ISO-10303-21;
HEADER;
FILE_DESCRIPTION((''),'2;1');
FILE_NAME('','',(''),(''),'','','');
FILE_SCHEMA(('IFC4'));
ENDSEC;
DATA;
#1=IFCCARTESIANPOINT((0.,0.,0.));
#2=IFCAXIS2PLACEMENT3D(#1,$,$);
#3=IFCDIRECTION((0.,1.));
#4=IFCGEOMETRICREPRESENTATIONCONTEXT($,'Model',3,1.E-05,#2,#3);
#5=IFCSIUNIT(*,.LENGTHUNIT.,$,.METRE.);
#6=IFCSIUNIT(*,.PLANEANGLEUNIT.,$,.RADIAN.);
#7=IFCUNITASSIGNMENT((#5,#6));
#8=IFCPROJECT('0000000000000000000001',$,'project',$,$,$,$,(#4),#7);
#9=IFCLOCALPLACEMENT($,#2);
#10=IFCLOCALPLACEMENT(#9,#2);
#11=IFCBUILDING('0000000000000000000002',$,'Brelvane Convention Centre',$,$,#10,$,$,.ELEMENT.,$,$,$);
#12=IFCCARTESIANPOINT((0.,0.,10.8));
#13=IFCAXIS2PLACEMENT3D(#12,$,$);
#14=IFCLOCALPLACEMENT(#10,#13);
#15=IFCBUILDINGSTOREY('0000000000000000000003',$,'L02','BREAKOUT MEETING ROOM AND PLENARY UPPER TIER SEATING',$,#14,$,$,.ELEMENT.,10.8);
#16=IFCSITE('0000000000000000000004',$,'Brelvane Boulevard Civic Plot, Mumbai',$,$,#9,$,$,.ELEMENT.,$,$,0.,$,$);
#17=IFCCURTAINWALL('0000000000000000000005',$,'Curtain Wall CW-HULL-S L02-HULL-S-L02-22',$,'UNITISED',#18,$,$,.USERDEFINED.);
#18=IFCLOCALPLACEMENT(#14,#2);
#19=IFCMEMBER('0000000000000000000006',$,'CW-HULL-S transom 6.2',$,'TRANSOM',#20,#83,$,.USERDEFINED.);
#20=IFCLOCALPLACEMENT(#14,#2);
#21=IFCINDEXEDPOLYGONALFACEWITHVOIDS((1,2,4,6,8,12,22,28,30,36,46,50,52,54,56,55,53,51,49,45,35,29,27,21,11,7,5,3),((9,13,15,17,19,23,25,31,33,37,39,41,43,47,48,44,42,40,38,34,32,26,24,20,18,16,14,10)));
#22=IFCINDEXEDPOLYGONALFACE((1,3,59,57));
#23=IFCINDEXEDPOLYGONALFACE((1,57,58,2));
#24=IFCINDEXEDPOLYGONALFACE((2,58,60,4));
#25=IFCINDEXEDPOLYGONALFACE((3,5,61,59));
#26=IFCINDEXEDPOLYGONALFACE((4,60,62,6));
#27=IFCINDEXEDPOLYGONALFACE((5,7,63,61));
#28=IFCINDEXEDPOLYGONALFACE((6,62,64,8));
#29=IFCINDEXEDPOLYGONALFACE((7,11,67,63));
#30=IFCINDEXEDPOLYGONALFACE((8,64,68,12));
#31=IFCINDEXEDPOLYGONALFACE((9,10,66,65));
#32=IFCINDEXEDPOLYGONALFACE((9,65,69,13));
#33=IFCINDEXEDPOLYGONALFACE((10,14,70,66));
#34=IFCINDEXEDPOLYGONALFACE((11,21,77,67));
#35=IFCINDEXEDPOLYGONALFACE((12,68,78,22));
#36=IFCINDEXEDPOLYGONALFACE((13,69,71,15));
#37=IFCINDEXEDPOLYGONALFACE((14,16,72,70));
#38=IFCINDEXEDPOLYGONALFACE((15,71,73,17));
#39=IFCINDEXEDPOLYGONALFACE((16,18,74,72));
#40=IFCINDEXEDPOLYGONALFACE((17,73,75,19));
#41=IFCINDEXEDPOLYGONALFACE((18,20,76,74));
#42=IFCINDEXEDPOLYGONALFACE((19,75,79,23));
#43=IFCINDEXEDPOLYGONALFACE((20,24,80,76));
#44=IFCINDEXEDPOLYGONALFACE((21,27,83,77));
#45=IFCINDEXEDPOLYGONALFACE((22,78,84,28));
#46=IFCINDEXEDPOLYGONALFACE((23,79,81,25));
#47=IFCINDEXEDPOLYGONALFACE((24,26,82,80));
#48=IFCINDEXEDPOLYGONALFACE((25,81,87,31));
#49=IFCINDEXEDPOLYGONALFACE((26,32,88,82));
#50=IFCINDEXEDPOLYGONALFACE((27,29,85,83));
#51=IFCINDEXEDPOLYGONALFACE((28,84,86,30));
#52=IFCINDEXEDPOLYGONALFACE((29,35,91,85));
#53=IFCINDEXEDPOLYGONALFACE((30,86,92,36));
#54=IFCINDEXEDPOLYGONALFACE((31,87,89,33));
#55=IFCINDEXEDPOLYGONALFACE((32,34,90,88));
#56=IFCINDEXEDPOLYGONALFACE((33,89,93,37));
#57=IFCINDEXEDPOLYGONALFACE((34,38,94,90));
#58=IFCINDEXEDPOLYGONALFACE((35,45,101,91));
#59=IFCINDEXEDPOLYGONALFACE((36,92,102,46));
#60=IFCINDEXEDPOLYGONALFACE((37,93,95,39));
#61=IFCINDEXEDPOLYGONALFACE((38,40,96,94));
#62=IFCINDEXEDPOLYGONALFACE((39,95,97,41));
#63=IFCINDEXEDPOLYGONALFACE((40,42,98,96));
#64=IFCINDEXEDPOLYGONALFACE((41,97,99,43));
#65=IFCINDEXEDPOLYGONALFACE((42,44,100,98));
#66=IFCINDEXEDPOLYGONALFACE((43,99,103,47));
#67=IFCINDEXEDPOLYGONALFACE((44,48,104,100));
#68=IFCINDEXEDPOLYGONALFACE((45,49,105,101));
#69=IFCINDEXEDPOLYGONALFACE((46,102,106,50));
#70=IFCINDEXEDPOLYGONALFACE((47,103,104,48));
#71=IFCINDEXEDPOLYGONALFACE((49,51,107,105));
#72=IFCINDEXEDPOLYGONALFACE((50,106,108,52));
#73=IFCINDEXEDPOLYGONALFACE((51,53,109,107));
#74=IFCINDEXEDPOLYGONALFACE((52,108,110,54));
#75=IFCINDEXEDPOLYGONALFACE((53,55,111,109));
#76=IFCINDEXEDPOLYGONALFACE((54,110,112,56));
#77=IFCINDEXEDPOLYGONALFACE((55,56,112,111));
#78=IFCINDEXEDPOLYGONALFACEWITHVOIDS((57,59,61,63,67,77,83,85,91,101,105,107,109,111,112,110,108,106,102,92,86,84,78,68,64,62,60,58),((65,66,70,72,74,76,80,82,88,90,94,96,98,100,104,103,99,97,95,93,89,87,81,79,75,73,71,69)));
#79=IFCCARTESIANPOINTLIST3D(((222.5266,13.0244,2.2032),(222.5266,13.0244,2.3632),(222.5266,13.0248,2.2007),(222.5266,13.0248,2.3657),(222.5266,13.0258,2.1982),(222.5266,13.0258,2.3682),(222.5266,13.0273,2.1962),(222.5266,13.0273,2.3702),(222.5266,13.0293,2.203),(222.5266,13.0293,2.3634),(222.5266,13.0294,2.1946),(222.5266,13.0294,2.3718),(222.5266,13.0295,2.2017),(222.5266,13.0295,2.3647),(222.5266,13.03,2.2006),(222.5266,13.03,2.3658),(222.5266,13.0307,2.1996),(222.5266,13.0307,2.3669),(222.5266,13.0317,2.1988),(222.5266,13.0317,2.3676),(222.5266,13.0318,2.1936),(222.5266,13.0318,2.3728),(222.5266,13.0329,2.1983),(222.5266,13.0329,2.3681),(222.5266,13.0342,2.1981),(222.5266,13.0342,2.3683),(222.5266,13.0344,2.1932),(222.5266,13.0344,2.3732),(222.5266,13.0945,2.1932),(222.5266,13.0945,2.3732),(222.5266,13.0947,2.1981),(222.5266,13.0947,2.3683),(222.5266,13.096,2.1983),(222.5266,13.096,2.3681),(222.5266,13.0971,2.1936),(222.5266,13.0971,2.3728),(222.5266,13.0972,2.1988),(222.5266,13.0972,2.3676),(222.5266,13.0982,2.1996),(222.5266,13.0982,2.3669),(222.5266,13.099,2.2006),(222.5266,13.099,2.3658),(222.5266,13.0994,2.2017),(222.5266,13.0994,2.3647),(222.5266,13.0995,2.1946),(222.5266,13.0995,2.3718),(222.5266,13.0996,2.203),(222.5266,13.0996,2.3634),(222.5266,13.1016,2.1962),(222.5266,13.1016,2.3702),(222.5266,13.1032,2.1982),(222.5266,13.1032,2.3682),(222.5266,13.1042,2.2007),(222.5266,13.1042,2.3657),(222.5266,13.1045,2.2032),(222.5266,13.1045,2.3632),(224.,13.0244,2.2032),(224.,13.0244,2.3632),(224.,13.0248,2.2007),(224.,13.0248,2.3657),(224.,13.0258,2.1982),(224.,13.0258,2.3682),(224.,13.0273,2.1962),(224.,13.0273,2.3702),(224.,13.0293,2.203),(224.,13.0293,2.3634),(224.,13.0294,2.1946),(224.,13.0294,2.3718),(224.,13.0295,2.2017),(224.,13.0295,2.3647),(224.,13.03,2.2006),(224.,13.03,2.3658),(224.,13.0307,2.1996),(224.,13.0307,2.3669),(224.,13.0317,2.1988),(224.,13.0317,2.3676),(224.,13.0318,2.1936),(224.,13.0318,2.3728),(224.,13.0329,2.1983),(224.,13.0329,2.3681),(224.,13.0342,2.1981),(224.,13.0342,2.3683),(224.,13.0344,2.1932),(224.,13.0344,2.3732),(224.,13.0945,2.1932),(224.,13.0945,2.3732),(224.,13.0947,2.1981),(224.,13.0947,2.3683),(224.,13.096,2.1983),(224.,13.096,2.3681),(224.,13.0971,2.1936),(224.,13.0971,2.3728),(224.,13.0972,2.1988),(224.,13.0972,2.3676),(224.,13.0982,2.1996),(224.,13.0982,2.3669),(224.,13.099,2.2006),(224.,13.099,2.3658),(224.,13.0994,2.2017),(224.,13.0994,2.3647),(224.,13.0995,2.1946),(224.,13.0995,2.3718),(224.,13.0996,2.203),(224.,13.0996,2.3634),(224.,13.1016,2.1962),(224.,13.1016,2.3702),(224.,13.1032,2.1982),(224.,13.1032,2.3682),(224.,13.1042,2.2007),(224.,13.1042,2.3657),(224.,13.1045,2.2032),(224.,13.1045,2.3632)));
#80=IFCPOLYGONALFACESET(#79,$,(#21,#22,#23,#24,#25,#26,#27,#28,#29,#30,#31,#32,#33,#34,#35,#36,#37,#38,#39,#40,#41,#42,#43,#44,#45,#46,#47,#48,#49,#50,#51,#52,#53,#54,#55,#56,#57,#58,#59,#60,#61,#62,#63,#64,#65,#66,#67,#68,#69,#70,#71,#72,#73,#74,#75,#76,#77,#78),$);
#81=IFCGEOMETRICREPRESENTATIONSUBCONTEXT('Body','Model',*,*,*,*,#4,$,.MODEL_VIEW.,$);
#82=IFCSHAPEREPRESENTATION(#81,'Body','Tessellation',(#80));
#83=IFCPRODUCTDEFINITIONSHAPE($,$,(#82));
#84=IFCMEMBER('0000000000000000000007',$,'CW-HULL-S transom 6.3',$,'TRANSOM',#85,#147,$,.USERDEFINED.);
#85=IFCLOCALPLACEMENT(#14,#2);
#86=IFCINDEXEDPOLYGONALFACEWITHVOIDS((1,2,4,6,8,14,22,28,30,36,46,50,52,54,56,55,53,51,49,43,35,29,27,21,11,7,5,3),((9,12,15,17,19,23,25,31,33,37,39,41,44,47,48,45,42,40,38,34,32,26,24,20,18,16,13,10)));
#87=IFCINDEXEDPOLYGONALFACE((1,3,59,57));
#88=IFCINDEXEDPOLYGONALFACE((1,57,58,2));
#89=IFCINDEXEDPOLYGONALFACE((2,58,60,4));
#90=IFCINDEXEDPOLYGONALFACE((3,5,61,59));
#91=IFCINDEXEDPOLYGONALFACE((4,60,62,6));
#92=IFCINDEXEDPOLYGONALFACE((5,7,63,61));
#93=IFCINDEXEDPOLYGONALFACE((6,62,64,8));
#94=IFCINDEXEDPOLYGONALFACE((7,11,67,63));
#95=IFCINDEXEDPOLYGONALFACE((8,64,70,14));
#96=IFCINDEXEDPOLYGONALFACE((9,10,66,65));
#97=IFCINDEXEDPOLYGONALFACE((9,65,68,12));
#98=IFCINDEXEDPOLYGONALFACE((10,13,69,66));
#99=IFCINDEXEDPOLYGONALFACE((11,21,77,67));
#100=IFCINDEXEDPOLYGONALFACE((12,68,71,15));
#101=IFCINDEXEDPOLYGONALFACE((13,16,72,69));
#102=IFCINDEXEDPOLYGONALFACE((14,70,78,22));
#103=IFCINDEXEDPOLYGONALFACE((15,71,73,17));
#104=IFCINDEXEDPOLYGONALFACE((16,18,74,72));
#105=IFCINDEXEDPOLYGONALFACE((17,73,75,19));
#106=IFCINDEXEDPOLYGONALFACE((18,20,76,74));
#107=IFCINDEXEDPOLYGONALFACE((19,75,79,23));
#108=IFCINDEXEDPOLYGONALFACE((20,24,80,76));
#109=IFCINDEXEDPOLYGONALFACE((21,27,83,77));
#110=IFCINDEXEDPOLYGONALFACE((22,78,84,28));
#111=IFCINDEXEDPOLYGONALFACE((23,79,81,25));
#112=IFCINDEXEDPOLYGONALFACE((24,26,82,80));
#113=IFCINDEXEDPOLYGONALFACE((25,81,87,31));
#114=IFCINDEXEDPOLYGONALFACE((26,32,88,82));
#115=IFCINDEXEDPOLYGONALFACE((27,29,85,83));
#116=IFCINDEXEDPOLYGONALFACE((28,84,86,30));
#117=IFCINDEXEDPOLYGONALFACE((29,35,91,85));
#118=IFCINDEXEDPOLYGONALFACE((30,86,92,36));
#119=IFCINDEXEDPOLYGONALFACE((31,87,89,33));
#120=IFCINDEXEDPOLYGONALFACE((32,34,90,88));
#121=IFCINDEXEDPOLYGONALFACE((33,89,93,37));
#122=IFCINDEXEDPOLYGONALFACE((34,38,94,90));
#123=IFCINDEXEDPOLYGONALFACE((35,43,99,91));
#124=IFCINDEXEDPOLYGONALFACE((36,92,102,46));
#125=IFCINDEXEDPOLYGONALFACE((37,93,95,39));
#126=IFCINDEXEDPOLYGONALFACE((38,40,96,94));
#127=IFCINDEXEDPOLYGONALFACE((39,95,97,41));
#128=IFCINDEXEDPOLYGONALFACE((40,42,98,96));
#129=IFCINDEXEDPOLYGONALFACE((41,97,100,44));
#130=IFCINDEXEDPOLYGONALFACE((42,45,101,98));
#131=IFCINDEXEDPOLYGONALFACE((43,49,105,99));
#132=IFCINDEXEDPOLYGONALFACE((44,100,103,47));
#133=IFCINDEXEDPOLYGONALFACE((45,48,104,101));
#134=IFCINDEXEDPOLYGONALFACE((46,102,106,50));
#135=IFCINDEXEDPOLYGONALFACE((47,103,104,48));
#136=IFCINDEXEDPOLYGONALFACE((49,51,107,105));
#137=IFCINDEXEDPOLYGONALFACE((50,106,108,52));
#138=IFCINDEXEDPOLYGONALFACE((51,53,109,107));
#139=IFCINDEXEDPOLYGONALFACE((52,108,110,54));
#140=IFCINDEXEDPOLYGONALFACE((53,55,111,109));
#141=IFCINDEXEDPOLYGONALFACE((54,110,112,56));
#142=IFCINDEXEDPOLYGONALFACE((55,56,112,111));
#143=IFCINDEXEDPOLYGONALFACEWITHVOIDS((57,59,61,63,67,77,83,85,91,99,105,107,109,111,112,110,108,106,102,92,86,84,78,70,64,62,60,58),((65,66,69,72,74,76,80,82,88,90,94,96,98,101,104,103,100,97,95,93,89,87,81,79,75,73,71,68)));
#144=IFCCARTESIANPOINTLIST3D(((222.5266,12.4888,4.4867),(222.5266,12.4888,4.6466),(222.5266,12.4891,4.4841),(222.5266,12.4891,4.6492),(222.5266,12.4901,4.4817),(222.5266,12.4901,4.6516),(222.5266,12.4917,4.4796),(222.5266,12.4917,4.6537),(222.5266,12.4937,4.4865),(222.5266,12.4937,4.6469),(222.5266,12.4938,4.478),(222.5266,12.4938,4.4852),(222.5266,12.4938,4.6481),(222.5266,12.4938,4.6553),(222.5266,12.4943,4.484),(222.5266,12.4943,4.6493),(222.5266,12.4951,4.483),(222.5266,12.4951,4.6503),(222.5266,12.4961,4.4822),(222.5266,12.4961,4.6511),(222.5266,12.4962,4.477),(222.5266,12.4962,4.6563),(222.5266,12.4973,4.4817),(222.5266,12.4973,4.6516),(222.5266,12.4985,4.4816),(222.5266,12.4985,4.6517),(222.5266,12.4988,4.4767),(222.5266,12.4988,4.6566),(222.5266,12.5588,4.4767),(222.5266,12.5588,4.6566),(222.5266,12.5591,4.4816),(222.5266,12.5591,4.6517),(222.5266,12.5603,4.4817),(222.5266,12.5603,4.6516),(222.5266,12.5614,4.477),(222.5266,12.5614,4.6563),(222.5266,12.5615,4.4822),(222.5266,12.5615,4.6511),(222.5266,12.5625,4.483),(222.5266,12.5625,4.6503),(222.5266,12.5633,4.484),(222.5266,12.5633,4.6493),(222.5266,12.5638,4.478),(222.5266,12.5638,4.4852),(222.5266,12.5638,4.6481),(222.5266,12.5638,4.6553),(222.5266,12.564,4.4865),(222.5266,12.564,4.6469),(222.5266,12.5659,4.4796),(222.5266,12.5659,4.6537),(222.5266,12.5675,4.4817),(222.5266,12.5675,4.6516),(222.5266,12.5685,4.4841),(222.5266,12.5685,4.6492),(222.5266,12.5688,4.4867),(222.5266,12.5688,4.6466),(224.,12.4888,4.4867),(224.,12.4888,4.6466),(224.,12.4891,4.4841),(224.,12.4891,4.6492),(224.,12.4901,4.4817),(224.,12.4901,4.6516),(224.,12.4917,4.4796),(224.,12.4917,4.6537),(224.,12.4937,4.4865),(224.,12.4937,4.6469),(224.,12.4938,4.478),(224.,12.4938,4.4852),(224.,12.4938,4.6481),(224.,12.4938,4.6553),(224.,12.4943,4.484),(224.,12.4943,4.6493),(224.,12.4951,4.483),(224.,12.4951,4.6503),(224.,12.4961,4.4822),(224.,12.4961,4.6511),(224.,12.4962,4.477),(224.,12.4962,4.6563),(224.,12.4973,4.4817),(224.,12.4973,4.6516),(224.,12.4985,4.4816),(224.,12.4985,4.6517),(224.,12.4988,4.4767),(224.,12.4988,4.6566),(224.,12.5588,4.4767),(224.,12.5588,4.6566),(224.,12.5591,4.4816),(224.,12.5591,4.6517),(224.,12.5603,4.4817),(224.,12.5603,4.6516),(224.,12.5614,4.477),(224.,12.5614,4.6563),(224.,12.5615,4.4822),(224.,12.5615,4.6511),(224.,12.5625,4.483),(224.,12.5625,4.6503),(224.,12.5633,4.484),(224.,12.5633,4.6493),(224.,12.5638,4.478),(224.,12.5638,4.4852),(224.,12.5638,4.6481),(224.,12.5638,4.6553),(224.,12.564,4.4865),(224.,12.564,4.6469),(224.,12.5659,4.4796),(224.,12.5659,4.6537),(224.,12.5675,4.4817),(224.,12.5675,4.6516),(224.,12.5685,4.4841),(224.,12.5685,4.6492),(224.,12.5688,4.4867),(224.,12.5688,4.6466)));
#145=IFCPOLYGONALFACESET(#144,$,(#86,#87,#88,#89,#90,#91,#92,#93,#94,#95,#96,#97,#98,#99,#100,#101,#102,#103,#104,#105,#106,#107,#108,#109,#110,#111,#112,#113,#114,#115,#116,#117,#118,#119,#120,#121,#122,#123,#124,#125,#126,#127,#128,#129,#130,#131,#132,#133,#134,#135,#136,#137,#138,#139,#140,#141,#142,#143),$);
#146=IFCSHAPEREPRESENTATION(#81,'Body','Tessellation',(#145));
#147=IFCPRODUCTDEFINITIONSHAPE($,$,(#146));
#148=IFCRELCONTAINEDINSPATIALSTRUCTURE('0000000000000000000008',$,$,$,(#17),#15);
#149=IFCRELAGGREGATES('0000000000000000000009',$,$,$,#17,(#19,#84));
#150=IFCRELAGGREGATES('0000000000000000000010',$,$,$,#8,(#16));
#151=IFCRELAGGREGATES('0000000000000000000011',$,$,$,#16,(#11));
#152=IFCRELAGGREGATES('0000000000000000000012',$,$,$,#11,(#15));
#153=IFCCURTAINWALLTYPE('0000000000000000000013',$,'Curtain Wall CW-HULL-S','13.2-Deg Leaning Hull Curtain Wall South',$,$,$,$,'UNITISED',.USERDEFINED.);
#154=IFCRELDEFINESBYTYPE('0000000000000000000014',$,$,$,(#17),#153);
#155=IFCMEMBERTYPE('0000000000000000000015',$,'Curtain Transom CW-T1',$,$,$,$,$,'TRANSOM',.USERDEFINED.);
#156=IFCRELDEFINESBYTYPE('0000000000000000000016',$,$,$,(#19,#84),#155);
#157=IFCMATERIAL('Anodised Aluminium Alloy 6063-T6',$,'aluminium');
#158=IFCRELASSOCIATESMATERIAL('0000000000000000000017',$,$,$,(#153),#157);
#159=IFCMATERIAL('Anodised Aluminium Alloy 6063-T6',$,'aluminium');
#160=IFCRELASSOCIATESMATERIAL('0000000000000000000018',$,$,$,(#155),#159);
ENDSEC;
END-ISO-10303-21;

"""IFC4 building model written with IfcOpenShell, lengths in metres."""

from ifc_helpers import new_model, si_unit, direction, frame, origin, origin_2d, place, context, subcontext, project, spatial, hollow_rectangle, extrude, material, material_profile, profile_set, type_object, element, aggregate, save


model = new_model("IFC4")

# Units and contexts
model_context = context("Model", 3, precision=1e-05, world=origin(), true_north=direction((0.0, 1.0)))
body_context = subcontext(model_context, "Body", "Model", "MODEL_VIEW")
ifc_project = project(units=[si_unit("LENGTHUNIT", "METRE"), si_unit("PLANEANGLEUNIT", "RADIAN")], contexts=[model_context])

# Site, building, storey
site_placement = place(None, origin())
site = spatial("IfcSite", under=ifc_project, at=site_placement, Name="Brelvane Boulevard Civic Plot, Mumbai", CompositionType="ELEMENT", RefElevation=0.0)
building_placement = place(site_placement, origin())
building = spatial("IfcBuilding", under=site, at=building_placement, Name="Brelvane Convention Centre", CompositionType="ELEMENT")
storey_placement = place(building_placement, frame((0.0, 0.0, 10.8)))
storey = spatial("IfcBuildingStorey", under=building, at=storey_placement, Name="L02", Description="BREAKOUT MEETING ROOM AND PLENARY UPPER TIER SEATING", CompositionType="ELEMENT", Elevation=10.8)

# Curtain wall
ifc_material_1 = material(Name="Anodised Aluminium Alloy 6063-T6", Category="aluminium")
curtain_wall_type_1 = type_object("IfcCurtainWallType", Name="Curtain Wall CW-HULL-S", Description="13.2-Deg Leaning Hull Curtain Wall South", ElementType="UNITISED", PredefinedType="USERDEFINED", material=ifc_material_1)
curtain_wall_1_placement = place(storey_placement, origin())
curtain_wall_1 = element("IfcCurtainWall", 1, at=curtain_wall_1_placement, inside=storey, type_object=curtain_wall_type_1, Name="Curtain Wall CW-HULL-S L02-HULL-S-L02-22", ObjectType="UNITISED", PredefinedType="USERDEFINED")

# Members
ifc_material_2 = material(Name="Anodised Aluminium Alloy 6063-T6", Category="aluminium")
ifc_material_profile_1 = material_profile(ifc_material_2, hollow_rectangle(XDim=0.0801, YDim=0.1799, WallThickness=0.0049, InnerFilletRadius=0.0049, OuterFilletRadius=0.01, at=origin_2d()), Name="ALU-T 180x80x5.0")
ifc_profile_set_1 = profile_set([ifc_material_profile_1], Name="Anodised Aluminium Alloy 6063-T6")
member_type_1 = type_object("IfcMemberType", Name="Curtain Transom CW-T1", ElementType="TRANSOM", PredefinedType="USERDEFINED", material=ifc_profile_set_1)
member_1_placement = place(storey_placement, frame((222.5266, 13.0645, 2.2832), z_axis=(1.0, 0.0, 0.0), x_axis=(0.0, 1.0, 0.0)))
member_1 = element("IfcMember", 2, at=member_1_placement, type_object=member_type_1, Name="CW-HULL-S transom 6.2", ObjectType="TRANSOM", PredefinedType="USERDEFINED", context=body_context, shape_type="SweptSolid", body=[
    extrude(hollow_rectangle(XDim=0.0801, YDim=0.1799, WallThickness=0.0049, InnerFilletRadius=0.0049, OuterFilletRadius=0.01, at=origin_2d()), origin(), (0.0, 0.0, 1.0), 1.4734),
])
member_2_placement = place(storey_placement, frame((222.5266, 12.5288, 4.5667), z_axis=(1.0, 0.0, 0.0), x_axis=(0.0, 1.0, 0.0)))
member_2 = element("IfcMember", 3, at=member_2_placement, type_object=member_type_1, Name="CW-HULL-S transom 6.3", ObjectType="TRANSOM", PredefinedType="USERDEFINED", context=body_context, shape_type="SweptSolid", body=[
    extrude(hollow_rectangle(XDim=0.0801, YDim=0.1799, WallThickness=0.0049, InnerFilletRadius=0.0049, OuterFilletRadius=0.01, at=origin_2d()), origin(), (0.0, 0.0, 1.0), 1.4734),
])

aggregate(curtain_wall_1, [member_1, member_2])

save(model, "model.ifc")
